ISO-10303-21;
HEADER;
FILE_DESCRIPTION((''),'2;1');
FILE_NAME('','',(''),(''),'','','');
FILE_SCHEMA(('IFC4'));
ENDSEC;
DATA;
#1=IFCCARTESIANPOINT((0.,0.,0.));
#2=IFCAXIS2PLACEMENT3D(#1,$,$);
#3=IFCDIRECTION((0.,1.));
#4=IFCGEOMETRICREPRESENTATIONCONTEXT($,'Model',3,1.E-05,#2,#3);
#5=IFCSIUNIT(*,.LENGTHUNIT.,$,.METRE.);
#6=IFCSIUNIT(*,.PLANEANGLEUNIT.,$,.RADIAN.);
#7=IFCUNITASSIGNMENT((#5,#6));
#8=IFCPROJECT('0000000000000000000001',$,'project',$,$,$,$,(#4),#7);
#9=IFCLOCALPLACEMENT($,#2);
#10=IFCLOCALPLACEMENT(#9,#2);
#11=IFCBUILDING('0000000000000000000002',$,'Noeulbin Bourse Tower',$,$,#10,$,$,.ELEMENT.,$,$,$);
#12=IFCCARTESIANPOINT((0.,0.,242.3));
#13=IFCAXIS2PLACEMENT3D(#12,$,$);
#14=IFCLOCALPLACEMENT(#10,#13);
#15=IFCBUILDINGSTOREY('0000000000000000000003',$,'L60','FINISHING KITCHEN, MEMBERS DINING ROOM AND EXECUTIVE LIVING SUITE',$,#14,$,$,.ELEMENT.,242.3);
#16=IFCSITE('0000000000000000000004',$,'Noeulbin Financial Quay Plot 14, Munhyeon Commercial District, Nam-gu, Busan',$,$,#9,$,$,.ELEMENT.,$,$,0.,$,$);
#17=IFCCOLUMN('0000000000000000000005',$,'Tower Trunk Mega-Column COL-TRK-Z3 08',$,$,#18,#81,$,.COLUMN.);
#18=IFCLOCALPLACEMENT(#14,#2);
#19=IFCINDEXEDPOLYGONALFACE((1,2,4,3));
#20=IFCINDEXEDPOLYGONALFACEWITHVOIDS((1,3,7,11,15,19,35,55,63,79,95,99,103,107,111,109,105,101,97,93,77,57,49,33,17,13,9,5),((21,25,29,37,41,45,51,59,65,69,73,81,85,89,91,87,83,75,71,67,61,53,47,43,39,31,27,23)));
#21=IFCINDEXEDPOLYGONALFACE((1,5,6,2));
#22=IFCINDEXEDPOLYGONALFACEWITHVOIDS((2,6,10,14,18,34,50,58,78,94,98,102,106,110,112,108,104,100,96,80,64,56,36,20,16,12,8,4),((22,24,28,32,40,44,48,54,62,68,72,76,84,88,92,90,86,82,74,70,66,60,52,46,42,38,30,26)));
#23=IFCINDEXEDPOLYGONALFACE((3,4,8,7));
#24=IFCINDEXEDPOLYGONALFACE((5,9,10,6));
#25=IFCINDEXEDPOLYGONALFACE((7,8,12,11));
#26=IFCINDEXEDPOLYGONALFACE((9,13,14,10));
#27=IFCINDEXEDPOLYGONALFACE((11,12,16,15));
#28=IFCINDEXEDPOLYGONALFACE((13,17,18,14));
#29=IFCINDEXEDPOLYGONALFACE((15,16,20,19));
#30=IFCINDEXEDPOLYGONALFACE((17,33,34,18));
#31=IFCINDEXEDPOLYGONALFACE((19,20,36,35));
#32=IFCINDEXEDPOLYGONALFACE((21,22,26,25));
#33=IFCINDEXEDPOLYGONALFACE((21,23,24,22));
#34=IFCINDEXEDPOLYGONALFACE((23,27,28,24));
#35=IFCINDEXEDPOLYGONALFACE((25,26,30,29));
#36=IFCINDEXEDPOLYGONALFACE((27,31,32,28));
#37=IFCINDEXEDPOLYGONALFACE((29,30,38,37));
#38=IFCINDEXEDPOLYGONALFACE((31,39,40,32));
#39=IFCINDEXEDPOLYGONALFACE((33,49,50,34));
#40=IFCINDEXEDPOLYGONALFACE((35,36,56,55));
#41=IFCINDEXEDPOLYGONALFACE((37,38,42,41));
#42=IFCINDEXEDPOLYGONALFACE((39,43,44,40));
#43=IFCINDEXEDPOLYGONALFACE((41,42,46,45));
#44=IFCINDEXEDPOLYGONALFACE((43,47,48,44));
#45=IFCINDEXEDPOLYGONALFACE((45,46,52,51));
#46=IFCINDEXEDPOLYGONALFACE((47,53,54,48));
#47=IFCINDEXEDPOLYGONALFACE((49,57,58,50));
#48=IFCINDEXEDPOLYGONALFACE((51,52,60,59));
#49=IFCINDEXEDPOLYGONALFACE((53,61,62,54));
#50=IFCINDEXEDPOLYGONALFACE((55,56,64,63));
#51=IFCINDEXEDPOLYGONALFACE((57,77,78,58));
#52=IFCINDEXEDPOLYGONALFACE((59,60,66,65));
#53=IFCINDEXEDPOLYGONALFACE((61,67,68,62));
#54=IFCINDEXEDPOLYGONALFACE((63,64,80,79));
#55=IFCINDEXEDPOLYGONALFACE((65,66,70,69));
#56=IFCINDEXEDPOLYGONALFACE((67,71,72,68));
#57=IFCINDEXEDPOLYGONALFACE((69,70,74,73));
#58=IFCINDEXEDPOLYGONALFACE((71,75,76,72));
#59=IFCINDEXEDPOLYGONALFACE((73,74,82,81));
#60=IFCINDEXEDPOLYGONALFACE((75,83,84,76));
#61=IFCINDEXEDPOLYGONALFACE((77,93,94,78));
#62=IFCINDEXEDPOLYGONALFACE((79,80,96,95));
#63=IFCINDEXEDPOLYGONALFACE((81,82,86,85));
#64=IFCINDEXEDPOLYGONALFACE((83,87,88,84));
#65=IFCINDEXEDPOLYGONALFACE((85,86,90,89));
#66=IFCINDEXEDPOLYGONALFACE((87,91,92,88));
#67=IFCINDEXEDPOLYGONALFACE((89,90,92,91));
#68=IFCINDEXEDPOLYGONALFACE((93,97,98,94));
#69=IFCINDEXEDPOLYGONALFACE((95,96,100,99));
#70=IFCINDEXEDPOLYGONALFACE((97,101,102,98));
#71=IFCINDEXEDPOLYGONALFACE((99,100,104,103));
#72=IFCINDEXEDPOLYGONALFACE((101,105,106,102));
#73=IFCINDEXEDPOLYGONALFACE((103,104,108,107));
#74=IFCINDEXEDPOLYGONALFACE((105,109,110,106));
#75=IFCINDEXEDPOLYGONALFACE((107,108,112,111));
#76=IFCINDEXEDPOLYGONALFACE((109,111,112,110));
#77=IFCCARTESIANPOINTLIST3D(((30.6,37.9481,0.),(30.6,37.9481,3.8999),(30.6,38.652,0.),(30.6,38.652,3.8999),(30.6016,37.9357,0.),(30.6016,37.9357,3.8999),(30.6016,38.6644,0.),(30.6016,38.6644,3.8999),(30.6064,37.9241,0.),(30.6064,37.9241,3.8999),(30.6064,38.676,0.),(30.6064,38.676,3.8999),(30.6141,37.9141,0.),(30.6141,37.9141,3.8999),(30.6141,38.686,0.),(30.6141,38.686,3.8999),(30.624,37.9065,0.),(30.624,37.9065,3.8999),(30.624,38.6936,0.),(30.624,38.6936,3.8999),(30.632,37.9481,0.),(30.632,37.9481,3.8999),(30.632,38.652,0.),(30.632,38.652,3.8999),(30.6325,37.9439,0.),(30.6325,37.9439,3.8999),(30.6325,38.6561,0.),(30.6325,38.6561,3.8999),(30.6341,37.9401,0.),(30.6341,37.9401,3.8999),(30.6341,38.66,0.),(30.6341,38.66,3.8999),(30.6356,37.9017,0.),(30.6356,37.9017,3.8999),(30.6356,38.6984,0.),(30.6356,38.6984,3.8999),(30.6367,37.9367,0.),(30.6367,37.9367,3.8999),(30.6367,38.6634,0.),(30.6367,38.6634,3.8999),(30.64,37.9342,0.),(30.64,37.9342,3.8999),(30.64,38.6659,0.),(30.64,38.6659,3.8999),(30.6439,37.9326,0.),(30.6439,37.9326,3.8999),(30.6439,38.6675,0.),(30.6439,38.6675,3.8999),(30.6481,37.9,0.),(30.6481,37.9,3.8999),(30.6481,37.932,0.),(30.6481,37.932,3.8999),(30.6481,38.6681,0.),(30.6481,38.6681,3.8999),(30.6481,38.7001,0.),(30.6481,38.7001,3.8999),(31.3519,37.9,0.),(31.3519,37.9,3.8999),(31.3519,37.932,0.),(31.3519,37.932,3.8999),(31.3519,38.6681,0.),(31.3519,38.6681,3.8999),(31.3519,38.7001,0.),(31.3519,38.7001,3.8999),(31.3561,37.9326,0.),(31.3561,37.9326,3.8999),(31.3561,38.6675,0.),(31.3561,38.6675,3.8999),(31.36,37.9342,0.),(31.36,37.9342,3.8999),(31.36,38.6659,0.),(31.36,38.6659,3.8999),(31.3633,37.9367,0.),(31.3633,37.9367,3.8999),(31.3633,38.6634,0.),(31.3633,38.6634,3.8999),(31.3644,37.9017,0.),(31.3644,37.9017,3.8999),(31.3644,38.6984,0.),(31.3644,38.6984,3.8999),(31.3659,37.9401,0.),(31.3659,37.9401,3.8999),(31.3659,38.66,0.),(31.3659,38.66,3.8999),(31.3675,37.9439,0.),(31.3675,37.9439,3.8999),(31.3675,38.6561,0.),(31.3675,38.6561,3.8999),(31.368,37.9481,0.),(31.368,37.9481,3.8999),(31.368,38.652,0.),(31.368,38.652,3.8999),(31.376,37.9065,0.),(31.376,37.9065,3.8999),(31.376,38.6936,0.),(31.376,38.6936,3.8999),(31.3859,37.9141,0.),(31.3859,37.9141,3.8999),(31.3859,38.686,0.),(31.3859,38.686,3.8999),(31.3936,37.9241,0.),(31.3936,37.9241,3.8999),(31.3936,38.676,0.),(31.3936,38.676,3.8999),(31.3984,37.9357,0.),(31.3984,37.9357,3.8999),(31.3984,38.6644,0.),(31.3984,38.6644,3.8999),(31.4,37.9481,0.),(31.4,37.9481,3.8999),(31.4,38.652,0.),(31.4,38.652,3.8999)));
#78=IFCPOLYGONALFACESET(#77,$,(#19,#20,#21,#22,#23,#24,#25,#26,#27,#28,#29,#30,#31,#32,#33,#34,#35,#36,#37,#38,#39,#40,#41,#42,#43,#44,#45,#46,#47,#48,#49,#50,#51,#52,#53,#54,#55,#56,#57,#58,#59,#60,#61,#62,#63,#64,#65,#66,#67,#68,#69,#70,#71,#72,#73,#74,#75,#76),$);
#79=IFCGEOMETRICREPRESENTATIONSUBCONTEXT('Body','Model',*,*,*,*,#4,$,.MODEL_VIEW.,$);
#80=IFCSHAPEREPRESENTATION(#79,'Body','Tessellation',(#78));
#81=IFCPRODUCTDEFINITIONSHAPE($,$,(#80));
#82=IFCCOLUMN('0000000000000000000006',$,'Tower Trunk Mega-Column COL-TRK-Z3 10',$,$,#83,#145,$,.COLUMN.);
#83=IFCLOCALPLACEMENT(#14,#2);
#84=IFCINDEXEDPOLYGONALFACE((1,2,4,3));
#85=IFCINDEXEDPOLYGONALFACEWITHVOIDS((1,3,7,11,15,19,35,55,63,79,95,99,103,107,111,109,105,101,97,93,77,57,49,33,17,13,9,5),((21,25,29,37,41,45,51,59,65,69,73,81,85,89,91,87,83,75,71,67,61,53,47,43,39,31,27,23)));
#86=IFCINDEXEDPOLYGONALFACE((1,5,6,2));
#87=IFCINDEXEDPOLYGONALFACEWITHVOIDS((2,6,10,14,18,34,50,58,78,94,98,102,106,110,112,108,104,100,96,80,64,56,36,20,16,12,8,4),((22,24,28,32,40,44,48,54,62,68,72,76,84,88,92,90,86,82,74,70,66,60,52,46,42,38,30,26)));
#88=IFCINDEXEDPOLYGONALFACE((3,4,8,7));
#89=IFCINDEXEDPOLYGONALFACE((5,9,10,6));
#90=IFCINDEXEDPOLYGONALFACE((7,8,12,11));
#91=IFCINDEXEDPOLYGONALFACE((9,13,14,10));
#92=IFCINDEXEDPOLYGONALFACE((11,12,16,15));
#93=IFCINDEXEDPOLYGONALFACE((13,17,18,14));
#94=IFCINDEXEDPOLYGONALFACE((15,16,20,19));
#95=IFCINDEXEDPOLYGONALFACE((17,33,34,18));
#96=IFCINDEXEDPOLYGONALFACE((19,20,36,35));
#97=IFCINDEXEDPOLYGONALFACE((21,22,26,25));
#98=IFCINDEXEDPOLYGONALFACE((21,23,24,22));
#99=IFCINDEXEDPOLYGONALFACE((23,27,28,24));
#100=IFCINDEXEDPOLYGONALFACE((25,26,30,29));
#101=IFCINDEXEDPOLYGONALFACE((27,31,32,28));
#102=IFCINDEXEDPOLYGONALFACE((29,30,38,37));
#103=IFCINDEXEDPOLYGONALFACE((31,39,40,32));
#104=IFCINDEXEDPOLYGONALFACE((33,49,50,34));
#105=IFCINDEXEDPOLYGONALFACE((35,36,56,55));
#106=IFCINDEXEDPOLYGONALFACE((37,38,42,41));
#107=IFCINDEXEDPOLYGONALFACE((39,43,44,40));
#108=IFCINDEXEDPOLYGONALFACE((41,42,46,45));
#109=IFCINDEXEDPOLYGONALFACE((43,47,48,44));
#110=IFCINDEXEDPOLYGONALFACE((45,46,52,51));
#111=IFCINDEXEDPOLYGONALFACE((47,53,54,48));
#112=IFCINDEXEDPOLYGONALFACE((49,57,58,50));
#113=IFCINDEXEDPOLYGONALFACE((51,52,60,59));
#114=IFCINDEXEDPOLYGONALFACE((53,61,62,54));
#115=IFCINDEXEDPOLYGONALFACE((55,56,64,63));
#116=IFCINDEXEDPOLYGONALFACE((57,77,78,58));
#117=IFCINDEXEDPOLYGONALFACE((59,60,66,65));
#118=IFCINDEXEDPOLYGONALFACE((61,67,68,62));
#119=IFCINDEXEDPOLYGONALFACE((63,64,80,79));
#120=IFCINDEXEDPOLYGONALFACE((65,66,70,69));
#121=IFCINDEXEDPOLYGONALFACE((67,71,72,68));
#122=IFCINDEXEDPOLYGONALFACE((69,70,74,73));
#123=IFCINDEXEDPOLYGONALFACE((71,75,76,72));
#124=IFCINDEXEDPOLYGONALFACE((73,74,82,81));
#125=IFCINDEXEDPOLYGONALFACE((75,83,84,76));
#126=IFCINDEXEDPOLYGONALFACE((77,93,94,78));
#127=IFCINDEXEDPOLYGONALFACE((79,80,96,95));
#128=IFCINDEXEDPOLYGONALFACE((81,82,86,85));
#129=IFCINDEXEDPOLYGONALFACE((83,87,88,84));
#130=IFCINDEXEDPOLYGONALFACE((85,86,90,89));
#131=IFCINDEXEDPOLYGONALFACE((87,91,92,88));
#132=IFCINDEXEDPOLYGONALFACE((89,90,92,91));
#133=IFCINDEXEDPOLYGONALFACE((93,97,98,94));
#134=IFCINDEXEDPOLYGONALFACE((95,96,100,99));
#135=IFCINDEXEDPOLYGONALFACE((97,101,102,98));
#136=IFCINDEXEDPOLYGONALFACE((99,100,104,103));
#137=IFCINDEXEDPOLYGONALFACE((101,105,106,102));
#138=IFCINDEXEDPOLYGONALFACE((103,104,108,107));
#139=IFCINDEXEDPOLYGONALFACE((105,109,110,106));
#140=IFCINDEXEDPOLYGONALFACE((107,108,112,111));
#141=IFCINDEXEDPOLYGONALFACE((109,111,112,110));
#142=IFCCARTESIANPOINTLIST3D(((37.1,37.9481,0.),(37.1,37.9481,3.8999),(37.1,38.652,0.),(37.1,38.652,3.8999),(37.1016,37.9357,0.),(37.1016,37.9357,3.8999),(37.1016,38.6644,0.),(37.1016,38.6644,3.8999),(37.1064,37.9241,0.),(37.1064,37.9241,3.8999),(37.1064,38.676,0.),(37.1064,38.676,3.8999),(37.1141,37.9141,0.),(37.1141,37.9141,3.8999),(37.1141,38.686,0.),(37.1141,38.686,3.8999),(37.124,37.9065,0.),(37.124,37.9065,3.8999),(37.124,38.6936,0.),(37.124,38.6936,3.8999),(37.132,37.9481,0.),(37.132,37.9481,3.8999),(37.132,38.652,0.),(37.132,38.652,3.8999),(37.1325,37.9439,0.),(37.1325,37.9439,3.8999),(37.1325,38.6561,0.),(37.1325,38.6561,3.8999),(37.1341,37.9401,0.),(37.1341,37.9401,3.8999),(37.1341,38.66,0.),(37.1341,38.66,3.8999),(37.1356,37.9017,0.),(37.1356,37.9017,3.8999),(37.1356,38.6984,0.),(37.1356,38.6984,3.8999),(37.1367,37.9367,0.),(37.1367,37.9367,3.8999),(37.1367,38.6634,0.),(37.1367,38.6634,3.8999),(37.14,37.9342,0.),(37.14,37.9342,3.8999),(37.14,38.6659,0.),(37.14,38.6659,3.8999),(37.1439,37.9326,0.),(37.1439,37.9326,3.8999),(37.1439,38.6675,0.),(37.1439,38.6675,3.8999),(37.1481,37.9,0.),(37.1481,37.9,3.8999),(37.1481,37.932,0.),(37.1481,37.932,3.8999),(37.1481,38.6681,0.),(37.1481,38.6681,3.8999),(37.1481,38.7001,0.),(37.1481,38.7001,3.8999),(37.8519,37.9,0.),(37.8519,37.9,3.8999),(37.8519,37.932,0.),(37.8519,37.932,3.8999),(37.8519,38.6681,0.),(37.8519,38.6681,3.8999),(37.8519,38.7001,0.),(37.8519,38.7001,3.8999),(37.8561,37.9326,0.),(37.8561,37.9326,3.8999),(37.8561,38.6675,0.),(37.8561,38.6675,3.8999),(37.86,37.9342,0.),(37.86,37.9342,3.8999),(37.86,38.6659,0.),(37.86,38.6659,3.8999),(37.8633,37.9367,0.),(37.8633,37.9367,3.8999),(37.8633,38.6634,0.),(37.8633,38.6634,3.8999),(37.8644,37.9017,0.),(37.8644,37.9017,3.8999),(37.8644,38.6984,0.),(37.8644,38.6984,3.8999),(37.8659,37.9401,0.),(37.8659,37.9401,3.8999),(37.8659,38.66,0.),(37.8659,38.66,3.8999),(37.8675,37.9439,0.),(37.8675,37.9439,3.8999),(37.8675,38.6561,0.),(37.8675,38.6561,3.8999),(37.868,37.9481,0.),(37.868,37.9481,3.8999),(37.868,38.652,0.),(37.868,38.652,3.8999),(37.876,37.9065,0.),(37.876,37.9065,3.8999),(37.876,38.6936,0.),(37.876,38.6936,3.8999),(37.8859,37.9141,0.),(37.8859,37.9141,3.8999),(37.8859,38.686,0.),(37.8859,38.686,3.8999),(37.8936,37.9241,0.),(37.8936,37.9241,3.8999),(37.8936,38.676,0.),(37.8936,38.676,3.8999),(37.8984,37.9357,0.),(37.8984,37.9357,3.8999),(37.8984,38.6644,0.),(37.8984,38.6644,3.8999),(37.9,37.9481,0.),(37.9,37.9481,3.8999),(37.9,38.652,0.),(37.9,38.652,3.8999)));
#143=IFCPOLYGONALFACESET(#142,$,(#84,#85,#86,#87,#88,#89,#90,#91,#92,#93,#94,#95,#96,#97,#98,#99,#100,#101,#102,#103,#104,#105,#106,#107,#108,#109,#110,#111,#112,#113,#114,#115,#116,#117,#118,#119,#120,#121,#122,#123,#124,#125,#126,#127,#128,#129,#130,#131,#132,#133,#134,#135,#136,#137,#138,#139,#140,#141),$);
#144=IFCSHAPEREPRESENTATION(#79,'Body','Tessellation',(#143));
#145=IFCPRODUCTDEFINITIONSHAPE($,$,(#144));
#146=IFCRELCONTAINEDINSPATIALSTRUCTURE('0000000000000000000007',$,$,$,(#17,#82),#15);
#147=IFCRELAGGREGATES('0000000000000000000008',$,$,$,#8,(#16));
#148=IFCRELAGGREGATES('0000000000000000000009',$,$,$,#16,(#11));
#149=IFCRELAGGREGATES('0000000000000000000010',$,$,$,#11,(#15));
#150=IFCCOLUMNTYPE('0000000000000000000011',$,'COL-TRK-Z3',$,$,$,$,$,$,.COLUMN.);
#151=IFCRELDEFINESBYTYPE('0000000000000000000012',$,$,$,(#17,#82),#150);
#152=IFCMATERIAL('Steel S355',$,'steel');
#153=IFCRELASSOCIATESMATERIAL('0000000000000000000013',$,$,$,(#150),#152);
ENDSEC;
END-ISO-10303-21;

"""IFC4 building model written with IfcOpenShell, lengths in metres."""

from ifc_helpers import new_model, si_unit, direction, frame, origin, origin_2d, place, context, subcontext, project, spatial, hollow_rectangle, extrude, material, material_profile, profile_set, type_object, element, save


model = new_model("IFC4")

# Units and contexts
model_context = context("Model", 3, precision=1e-05, world=origin(), true_north=direction((0.0, 1.0)))
body_context = subcontext(model_context, "Body", "Model", "MODEL_VIEW")
ifc_project = project(units=[si_unit("LENGTHUNIT", "METRE"), si_unit("PLANEANGLEUNIT", "RADIAN")], contexts=[model_context])

# Site, building, storey
site_placement = place(None, origin())
site = spatial("IfcSite", under=ifc_project, at=site_placement, Name="Noeulbin Financial Quay Plot 14, Munhyeon Commercial District, Nam-gu, Busan", CompositionType="ELEMENT", RefElevation=0.0)
building_placement = place(site_placement, origin())
building = spatial("IfcBuilding", under=site, at=building_placement, Name="Noeulbin Bourse Tower", CompositionType="ELEMENT")
storey_placement = place(building_placement, frame((0.0, 0.0, 242.3)))
storey = spatial("IfcBuildingStorey", under=building, at=storey_placement, Name="L60", Description="FINISHING KITCHEN, MEMBERS DINING ROOM AND EXECUTIVE LIVING SUITE", CompositionType="ELEMENT", Elevation=242.3)

# Columns
ifc_material_1 = material(Name="Steel S355", Category="steel")
ifc_material_profile_1 = material_profile(ifc_material_1, hollow_rectangle(XDim=0.8, YDim=0.8, WallThickness=0.032, InnerFilletRadius=0.0161, OuterFilletRadius=0.0481, at=origin_2d()), Name="BOX-800x800x32", Category="LoadBearing")
ifc_profile_set_1 = profile_set([ifc_material_profile_1], Name="Steel S355")
column_type = type_object("IfcColumnType", Name="COL-TRK-Z3", PredefinedType="COLUMN", material=ifc_profile_set_1)
for number, where, z_axis, x_axis, name in (
    (1, (31.0, 38.3, 0.0), (0.0, 0.0, 1.0), (1.0, 0.0, 0.0), "Tower Trunk Mega-Column COL-TRK-Z3 08"),
    (2, (37.5, 38.3, 0.0), (0.0, 0.0, 1.0), (1.0, 0.0, 0.0), "Tower Trunk Mega-Column COL-TRK-Z3 10"),
):
    element("IfcColumn", number, at=place(storey_placement, frame(where, z_axis=z_axis, x_axis=x_axis)), inside=storey, type_object=column_type, Name=name, PredefinedType="COLUMN", context=body_context, shape_type="SweptSolid", body=[
        extrude(hollow_rectangle(XDim=0.8, YDim=0.8, WallThickness=0.032, InnerFilletRadius=0.0161, OuterFilletRadius=0.0481, at=origin_2d()), origin(), (0.0, 0.0, 1.0), 3.8999),
    ])

save(model, "model.ifc")
